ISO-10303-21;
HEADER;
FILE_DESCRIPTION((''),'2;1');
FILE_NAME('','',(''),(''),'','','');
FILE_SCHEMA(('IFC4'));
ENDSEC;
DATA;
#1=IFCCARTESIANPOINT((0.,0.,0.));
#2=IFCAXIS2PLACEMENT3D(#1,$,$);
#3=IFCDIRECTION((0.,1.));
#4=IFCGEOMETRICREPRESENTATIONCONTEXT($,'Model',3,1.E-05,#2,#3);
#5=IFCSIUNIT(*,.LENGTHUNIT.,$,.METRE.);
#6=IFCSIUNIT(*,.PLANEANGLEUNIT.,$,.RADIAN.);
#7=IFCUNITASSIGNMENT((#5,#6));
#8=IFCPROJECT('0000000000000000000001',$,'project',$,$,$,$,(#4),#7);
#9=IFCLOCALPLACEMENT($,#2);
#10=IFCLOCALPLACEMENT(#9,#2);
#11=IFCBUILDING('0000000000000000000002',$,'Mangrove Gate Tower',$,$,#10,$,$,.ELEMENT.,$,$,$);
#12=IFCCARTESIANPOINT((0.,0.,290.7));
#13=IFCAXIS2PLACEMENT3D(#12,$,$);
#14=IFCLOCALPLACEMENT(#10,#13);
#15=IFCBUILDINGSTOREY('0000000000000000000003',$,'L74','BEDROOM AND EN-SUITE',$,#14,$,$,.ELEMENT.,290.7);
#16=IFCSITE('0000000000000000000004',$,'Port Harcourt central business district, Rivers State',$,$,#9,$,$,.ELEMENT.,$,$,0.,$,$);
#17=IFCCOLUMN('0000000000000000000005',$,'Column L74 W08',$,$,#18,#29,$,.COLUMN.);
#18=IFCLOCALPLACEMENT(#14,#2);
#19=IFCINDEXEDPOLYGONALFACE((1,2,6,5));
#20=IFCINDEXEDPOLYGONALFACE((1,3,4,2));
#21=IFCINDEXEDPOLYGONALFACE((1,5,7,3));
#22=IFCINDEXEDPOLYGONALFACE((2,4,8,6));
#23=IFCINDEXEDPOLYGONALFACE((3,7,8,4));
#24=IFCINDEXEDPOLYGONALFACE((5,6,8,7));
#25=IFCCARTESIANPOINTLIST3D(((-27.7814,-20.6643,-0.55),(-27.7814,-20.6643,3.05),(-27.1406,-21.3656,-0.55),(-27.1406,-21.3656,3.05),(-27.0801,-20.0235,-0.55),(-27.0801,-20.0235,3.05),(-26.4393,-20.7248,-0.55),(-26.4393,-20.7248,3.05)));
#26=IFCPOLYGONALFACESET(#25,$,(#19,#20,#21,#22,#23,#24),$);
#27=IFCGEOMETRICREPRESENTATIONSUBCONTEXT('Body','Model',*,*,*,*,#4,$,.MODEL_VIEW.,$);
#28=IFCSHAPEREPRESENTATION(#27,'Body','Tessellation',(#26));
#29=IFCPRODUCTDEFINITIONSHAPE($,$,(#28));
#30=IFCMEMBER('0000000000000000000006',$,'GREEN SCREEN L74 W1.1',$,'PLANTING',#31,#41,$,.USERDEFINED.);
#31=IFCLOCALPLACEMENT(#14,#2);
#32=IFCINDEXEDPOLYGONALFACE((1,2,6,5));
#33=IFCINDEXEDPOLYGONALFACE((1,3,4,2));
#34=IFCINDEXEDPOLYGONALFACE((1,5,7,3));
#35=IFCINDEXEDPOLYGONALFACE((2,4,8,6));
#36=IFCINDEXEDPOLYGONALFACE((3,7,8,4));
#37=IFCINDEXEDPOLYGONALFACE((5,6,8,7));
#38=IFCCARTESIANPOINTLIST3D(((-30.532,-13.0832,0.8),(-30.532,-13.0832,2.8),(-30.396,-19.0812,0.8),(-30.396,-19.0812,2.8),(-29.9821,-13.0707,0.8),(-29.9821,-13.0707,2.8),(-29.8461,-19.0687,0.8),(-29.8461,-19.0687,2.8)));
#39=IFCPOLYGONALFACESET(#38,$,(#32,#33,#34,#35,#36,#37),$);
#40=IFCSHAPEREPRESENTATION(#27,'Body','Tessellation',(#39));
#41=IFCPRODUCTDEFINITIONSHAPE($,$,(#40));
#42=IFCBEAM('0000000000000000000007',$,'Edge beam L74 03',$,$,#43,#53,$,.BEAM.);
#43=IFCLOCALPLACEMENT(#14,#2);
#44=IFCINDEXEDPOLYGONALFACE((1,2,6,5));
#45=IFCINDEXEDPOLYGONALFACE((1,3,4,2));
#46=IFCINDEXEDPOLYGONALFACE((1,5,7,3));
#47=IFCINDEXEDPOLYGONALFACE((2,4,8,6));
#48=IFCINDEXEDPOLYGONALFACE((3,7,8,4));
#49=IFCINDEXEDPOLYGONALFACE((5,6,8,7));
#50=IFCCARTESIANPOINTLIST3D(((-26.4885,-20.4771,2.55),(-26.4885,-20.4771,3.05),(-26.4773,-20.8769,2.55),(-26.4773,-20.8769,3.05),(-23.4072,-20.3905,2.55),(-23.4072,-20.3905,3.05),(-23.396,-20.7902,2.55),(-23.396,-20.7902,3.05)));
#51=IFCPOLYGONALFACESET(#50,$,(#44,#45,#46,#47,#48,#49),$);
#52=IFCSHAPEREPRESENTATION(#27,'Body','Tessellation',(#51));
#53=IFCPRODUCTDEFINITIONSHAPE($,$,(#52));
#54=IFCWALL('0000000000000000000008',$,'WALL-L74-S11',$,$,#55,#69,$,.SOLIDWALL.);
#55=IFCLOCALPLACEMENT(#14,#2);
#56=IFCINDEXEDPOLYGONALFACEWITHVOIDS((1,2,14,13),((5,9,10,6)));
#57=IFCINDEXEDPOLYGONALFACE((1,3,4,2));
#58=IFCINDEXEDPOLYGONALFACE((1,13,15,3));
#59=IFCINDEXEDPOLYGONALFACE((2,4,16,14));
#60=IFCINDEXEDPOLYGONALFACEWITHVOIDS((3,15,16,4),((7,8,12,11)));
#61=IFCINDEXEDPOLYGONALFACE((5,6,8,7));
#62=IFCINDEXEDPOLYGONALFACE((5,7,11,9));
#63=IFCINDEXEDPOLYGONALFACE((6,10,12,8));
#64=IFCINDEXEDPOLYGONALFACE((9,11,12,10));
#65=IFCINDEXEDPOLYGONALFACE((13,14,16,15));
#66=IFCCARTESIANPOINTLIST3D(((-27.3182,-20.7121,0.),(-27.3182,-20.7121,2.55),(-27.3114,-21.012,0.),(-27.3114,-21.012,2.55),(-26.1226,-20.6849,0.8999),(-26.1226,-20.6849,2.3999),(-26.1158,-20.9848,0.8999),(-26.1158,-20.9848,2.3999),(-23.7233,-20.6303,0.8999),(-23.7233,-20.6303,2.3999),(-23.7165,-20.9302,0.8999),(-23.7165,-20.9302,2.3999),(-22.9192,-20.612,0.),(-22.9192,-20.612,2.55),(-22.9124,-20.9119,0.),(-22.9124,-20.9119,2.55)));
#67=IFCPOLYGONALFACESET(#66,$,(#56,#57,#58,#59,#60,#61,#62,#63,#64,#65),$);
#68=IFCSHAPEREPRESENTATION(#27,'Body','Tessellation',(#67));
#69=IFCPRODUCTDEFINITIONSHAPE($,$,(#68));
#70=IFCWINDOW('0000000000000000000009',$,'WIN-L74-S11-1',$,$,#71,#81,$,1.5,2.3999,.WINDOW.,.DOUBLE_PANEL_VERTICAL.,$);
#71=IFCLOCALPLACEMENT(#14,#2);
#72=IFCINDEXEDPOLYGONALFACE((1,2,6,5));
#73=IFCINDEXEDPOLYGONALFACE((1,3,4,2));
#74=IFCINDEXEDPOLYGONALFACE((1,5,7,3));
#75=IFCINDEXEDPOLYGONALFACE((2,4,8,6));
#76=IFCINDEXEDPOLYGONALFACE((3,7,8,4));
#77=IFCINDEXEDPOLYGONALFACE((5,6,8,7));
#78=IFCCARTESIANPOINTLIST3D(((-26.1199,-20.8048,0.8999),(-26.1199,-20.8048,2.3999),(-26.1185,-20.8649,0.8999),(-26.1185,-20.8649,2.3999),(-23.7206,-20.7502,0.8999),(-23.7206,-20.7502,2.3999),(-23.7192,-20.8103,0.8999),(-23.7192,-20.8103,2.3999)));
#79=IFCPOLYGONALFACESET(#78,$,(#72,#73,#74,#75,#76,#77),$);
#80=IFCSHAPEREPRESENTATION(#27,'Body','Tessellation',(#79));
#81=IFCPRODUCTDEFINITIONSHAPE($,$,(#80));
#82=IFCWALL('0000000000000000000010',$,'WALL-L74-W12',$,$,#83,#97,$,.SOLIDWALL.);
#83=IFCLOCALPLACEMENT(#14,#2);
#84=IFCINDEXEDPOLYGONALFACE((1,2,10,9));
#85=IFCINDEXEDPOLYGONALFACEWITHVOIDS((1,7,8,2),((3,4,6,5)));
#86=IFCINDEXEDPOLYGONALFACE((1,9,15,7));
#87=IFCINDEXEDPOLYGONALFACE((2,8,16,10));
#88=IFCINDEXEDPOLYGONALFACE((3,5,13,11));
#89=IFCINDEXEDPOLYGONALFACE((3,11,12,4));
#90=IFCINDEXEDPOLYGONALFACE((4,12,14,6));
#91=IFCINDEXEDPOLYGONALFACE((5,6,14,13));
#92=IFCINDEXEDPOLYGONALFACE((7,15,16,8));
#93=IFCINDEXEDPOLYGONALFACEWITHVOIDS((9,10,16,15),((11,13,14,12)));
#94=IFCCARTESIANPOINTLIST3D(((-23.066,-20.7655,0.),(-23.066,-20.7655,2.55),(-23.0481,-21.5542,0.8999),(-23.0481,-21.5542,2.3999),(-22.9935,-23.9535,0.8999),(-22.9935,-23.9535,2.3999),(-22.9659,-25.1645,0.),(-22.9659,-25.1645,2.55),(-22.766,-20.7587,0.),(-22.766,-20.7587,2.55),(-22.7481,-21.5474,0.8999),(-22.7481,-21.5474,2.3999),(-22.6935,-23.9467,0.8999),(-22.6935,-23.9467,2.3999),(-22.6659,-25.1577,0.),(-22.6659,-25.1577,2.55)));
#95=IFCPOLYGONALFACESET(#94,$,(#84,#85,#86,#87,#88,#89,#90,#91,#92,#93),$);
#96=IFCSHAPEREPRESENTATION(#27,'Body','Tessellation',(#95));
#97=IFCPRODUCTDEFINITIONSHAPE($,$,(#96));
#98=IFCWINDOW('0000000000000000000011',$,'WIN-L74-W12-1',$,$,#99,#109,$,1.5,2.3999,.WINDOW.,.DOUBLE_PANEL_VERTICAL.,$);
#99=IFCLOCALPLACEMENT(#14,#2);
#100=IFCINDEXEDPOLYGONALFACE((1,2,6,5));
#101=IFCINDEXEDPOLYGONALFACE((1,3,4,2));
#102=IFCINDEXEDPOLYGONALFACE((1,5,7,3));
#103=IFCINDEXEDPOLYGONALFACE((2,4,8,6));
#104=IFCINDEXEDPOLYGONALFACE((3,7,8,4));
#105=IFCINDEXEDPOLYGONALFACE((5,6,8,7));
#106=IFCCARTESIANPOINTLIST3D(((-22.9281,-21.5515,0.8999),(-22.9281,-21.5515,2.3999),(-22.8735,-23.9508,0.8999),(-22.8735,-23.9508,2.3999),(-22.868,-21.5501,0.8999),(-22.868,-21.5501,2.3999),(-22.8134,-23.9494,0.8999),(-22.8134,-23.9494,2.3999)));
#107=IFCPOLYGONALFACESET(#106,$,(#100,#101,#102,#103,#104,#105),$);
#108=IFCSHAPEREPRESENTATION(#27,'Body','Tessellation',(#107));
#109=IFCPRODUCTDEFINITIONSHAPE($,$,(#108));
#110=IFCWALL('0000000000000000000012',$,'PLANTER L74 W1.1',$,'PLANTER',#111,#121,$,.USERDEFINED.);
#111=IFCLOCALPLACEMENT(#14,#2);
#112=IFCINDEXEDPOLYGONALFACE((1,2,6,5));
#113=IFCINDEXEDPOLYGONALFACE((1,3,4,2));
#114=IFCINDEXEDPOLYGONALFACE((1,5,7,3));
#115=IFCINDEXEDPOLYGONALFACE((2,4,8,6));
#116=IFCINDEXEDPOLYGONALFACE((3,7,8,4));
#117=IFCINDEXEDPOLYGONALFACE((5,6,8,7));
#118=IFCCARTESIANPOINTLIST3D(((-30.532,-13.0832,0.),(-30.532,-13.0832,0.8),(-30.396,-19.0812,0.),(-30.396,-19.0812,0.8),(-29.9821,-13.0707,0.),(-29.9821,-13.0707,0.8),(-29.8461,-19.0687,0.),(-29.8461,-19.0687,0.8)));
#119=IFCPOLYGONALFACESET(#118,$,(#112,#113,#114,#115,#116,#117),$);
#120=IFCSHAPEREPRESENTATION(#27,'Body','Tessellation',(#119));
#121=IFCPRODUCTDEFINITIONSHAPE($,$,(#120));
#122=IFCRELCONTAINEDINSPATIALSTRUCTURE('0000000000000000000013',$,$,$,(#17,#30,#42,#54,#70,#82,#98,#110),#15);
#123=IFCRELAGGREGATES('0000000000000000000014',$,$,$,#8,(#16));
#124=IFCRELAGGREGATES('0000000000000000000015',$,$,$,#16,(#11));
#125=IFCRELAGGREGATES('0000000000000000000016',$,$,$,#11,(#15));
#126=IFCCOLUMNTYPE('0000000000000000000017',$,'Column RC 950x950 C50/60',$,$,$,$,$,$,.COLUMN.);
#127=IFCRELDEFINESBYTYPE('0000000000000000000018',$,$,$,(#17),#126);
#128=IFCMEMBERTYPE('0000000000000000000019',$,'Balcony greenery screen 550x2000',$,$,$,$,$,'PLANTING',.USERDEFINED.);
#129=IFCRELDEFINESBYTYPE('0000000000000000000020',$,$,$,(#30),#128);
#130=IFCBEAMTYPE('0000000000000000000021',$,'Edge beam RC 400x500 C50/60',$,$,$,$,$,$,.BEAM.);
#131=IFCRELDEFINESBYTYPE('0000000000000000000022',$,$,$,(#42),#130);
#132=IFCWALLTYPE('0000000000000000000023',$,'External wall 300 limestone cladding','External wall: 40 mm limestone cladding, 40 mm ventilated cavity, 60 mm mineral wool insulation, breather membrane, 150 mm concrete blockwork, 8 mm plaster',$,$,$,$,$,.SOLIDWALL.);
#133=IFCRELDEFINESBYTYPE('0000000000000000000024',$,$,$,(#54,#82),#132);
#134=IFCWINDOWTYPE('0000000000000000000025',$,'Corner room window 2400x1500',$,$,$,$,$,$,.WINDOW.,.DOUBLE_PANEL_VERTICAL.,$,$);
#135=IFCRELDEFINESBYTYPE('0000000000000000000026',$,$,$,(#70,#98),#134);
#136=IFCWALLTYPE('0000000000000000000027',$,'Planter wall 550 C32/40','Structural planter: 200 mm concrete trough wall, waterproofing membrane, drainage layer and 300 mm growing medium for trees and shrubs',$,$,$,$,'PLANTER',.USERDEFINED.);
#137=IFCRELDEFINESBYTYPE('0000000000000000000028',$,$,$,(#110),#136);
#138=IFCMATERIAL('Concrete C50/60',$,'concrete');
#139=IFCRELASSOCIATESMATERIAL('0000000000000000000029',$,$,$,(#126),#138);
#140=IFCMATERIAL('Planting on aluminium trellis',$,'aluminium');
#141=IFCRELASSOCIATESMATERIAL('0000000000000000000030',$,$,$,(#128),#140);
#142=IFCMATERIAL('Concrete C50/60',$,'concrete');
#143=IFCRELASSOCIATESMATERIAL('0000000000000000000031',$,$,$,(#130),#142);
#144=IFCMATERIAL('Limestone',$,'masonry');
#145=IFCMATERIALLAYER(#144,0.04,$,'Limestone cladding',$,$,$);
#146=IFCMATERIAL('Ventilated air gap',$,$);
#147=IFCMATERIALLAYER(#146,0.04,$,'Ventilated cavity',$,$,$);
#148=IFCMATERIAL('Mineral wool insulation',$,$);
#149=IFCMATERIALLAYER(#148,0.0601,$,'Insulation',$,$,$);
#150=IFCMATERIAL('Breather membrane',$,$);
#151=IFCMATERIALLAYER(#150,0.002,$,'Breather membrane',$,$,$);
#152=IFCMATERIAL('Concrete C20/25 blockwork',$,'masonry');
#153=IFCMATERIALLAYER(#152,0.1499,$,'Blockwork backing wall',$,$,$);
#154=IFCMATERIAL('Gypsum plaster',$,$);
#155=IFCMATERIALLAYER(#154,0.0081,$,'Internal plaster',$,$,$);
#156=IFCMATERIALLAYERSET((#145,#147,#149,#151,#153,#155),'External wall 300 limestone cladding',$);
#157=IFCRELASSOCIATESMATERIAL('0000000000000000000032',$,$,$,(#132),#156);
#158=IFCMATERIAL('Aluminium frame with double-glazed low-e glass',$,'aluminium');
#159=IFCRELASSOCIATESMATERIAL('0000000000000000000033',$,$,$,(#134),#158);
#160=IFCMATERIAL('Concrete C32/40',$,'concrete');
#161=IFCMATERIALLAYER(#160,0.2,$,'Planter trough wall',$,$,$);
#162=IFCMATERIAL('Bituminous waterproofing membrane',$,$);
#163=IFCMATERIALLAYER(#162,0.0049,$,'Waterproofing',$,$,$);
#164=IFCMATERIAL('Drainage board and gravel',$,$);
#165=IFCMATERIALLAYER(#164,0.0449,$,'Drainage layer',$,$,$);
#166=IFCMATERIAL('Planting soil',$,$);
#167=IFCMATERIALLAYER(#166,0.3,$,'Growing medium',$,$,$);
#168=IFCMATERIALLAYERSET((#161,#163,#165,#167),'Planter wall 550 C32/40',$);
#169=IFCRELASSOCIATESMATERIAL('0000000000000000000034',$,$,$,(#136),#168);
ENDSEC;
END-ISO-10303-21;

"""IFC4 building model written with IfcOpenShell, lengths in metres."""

from ifc_helpers import new_model, si_unit, direction, frame, frame_2d, origin, origin_2d, place, context, subcontext, project, spatial, rectangle, extrude, material, layer, layer_set, material_profile, profile_set, type_object, element, fill, save


model = new_model("IFC4")

# Units and contexts
model_context = context("Model", 3, precision=1e-05, world=origin(), true_north=direction((0.0, 1.0)))
body_context = subcontext(model_context, "Body", "Model", "MODEL_VIEW")
ifc_project = project(units=[si_unit("LENGTHUNIT", "METRE"), si_unit("PLANEANGLEUNIT", "RADIAN")], contexts=[model_context])

# Site, building, storey
site_placement = place(None, origin())
site = spatial("IfcSite", under=ifc_project, at=site_placement, Name="Port Harcourt central business district, Rivers State", CompositionType="ELEMENT", RefElevation=0.0)
building_placement = place(site_placement, origin())
building = spatial("IfcBuilding", under=site, at=building_placement, Name="Mangrove Gate Tower", CompositionType="ELEMENT")
storey_placement = place(building_placement, frame((0.0, 0.0, 290.7)))
storey = spatial("IfcBuildingStorey", under=building, at=storey_placement, Name="L74", Description="BEDROOM AND EN-SUITE", CompositionType="ELEMENT", Elevation=290.7)

# Column
ifc_material_1 = material(Name="Concrete C50/60", Category="concrete")
ifc_material_profile_1 = material_profile(ifc_material_1, rectangle(XDim=0.95, YDim=0.95, at=origin_2d()))
ifc_profile_set_1 = profile_set([ifc_material_profile_1], Name="Concrete C50/60")
column_type = type_object("IfcColumnType", Name="Column RC 950x950 C50/60", PredefinedType="COLUMN", material=ifc_profile_set_1)
column_placement = place(storey_placement, frame((-27.1104, -20.6946, -0.55), z_axis=(0.0, 0.0, 1.0), x_axis=(0.67456, -0.73822, 0.0)))
element("IfcColumn", 1, at=column_placement, inside=storey, type_object=column_type, Name="Column L74 W08", PredefinedType="COLUMN", context=body_context, shape_type="SweptSolid", body=[
    extrude(rectangle(XDim=0.95, YDim=0.95, at=origin_2d()), origin(), (0.0, 0.0, 1.0), 3.6001),
])

# Member
ifc_material_2 = material(Name="Planting on aluminium trellis", Category="aluminium")
ifc_material_profile_2 = material_profile(ifc_material_2, rectangle(XDim=0.55, YDim=2.0, at=origin_2d()))
ifc_profile_set_2 = profile_set([ifc_material_profile_2], Name="Planting on aluminium trellis")
member_type = type_object("IfcMemberType", Name="Balcony greenery screen 550x2000", ElementType="PLANTING", PredefinedType="USERDEFINED", material=ifc_profile_set_2)
member_placement = place(storey_placement, frame((-30.1211, -19.075, 1.8), z_axis=(-0.022666, 0.999743, 0.0), x_axis=(-0.999743, -0.022666, 0.0)))
element("IfcMember", 2, at=member_placement, inside=storey, type_object=member_type, Name="GREEN SCREEN L74 W1.1", ObjectType="PLANTING", PredefinedType="USERDEFINED", context=body_context, shape_type="SweptSolid", body=[
    extrude(rectangle(XDim=0.55, YDim=2.0, at=origin_2d()), origin(), (0.0, 0.0, 1.0), 5.9995),
])

# Beam
ifc_material_3 = material(Name="Concrete C50/60", Category="concrete")
ifc_material_profile_3 = material_profile(ifc_material_3, rectangle(XDim=0.3999, YDim=0.5, at=origin_2d()))
ifc_profile_set_3 = profile_set([ifc_material_profile_3], Name="Concrete C50/60")
beam_type = type_object("IfcBeamType", Name="Edge beam RC 400x500 C50/60", PredefinedType="BEAM", material=ifc_profile_set_3)
beam_placement = place(storey_placement, frame((-26.4829, -20.677, 2.8), z_axis=(0.999605, 0.028117, 0.0), x_axis=(-0.028117, 0.999605, 0.0)))
element("IfcBeam", 3, at=beam_placement, inside=storey, type_object=beam_type, Name="Edge beam L74 03", PredefinedType="BEAM", context=body_context, shape_type="SweptSolid", body=[
    extrude(rectangle(XDim=0.3999, YDim=0.5, at=origin_2d()), origin(), (0.0, 0.0, 1.0), 3.0825),
])

# Walls, openings, windows
ifc_material_4 = material(Name="Limestone", Category="masonry")
ifc_layer_1 = layer(ifc_material_4, 0.04, Name="Limestone cladding")
ifc_material_5 = material(Name="Ventilated air gap")
ifc_layer_2 = layer(ifc_material_5, 0.04, Name="Ventilated cavity")
ifc_material_6 = material(Name="Mineral wool insulation")
ifc_layer_3 = layer(ifc_material_6, 0.0601, Name="Insulation")
ifc_material_7 = material(Name="Breather membrane")
ifc_layer_4 = layer(ifc_material_7, 0.002, Name="Breather membrane")
ifc_material_8 = material(Name="Concrete C20/25 blockwork", Category="masonry")
ifc_layer_5 = layer(ifc_material_8, 0.1499, Name="Blockwork backing wall")
ifc_material_9 = material(Name="Gypsum plaster")
ifc_layer_6 = layer(ifc_material_9, 0.0081, Name="Internal plaster")
ifc_layer_set_1 = layer_set([ifc_layer_1, ifc_layer_2, ifc_layer_3, ifc_layer_4, ifc_layer_5, ifc_layer_6], Name="External wall 300 limestone cladding")
wall_type_1 = type_object("IfcWallType", Name="External wall 300 limestone cladding", Description="External wall: 40 mm limestone cladding, 40 mm ventilated cavity, 60 mm mineral wool insulation, breather membrane, 150 mm concrete blockwork, 8 mm plaster", PredefinedType="SOLIDWALL", material=ifc_layer_set_1)
wall_1_placement = place(storey_placement, frame((-27.3149, -20.8621, 0.0), z_axis=(0.0, 0.0, 1.0), x_axis=(0.999741, 0.022749, 0.0)))
wall_1 = element("IfcWall", 4, at=wall_1_placement, inside=storey, type_object=wall_type_1, Name="WALL-L74-S11", PredefinedType="SOLIDWALL", context=body_context, shape_type="SweptSolid", body=[
    extrude(rectangle(XDim=4.4001, YDim=0.3, at=frame_2d((2.2002, 0.0))), origin(), (0.0, 0.0, 1.0), 2.55),
])
opening_1_placement = place(wall_1_placement, frame((1.196, 0.0, 0.8999)))
opening_1 = element("IfcOpeningElement", 5, at=opening_1_placement, cuts=wall_1, PredefinedType="OPENING", context=body_context, shape_type="SweptSolid", body=[
    extrude(rectangle(XDim=2.3999, YDim=1.5, at=frame_2d((1.2, 0.75))), frame((0.0, 0.1599, 0.0), z_axis=(0.0, -1.0, 0.0), x_axis=(1.0, 0.0, 0.0)), (0.0, 0.0, 1.0), 0.3201),
])
ifc_material_10 = material(Name="Aluminium frame with double-glazed low-e glass", Category="aluminium")
window_type = type_object("IfcWindowType", Name="Corner room window 2400x1500", PartitioningType="DOUBLE_PANEL_VERTICAL", PredefinedType="WINDOW", material=ifc_material_10)
window_1_placement = place(opening_1_placement, origin())
window_1 = element("IfcWindow", 6, at=window_1_placement, inside=storey, type_object=window_type, Name="WIN-L74-S11-1", OverallHeight=1.5, OverallWidth=2.3999, PartitioningType="DOUBLE_PANEL_VERTICAL", PredefinedType="WINDOW", context=body_context, shape_type="SweptSolid", body=[
    extrude(rectangle(XDim=2.3999, YDim=1.5, at=frame_2d((1.2, 0.75))), frame((0.0, 0.03, 0.0), z_axis=(0.0, -1.0, 0.0), x_axis=(1.0, 0.0, 0.0)), (0.0, 0.0, 1.0), 0.0601),
])
fill(opening_1, window_1)
wall_2_placement = place(storey_placement, frame((-22.916, -20.762, 0.0), z_axis=(0.0, 0.0, 1.0), x_axis=(0.022749, -0.999741, 0.0)))
wall_2 = element("IfcWall", 7, at=wall_2_placement, inside=storey, type_object=wall_type_1, Name="WALL-L74-W12", PredefinedType="SOLIDWALL", context=body_context, shape_type="SweptSolid", body=[
    extrude(rectangle(XDim=4.4001, YDim=0.3, at=frame_2d((2.2002, 0.0))), origin(), (0.0, 0.0, 1.0), 2.55),
])
opening_2_placement = place(wall_2_placement, frame((0.7891, 0.0, 0.8999)))
opening_2 = element("IfcOpeningElement", 8, at=opening_2_placement, cuts=wall_2, PredefinedType="OPENING", context=body_context, shape_type="SweptSolid", body=[
    extrude(rectangle(XDim=2.3999, YDim=1.5, at=frame_2d((1.2, 0.75))), frame((0.0, 0.1599, 0.0), z_axis=(0.0, -1.0, 0.0), x_axis=(1.0, 0.0, 0.0)), (0.0, 0.0, 1.0), 0.3201),
])
window_2_placement = place(opening_2_placement, origin())
window_2 = element("IfcWindow", 9, at=window_2_placement, inside=storey, type_object=window_type, Name="WIN-L74-W12-1", OverallHeight=1.5, OverallWidth=2.3999, PartitioningType="DOUBLE_PANEL_VERTICAL", PredefinedType="WINDOW", context=body_context, shape_type="SweptSolid", body=[
    extrude(rectangle(XDim=2.3999, YDim=1.5, at=frame_2d((1.2, 0.75))), frame((0.0, 0.03, 0.0), z_axis=(0.0, -1.0, 0.0), x_axis=(1.0, 0.0, 0.0)), (0.0, 0.0, 1.0), 0.0601),
])
fill(opening_2, window_2)

# Wall
ifc_material_11 = material(Name="Concrete C32/40", Category="concrete")
ifc_layer_7 = layer(ifc_material_11, 0.2, Name="Planter trough wall")
ifc_material_12 = material(Name="Bituminous waterproofing membrane")
ifc_layer_8 = layer(ifc_material_12, 0.0049, Name="Waterproofing")
ifc_material_13 = material(Name="Drainage board and gravel")
ifc_layer_9 = layer(ifc_material_13, 0.0449, Name="Drainage layer")
ifc_material_14 = material(Name="Planting soil")
ifc_layer_10 = layer(ifc_material_14, 0.3, Name="Growing medium")
ifc_layer_set_2 = layer_set([ifc_layer_7, ifc_layer_8, ifc_layer_9, ifc_layer_10], Name="Planter wall 550 C32/40")
wall_type_2 = type_object("IfcWallType", Name="Planter wall 550 C32/40", Description="Structural planter: 200 mm concrete trough wall, waterproofing membrane, drainage layer and 300 mm growing medium for trees and shrubs", ElementType="PLANTER", PredefinedType="USERDEFINED", material=ifc_layer_set_2)
wall_3_placement = place(storey_placement, frame((-30.1211, -19.075, 0.0), z_axis=(0.0, 0.0, 1.0), x_axis=(-0.022666, 0.999743, 0.0)))
element("IfcWall", 10, at=wall_3_placement, inside=storey, type_object=wall_type_2, Name="PLANTER L74 W1.1", ObjectType="PLANTER", PredefinedType="USERDEFINED", context=body_context, shape_type="SweptSolid", body=[
    extrude(rectangle(XDim=5.9995, YDim=0.55, at=frame_2d((2.9998, 0.0))), origin(), (0.0, 0.0, 1.0), 0.8),
])

save(model, "model.ifc")
